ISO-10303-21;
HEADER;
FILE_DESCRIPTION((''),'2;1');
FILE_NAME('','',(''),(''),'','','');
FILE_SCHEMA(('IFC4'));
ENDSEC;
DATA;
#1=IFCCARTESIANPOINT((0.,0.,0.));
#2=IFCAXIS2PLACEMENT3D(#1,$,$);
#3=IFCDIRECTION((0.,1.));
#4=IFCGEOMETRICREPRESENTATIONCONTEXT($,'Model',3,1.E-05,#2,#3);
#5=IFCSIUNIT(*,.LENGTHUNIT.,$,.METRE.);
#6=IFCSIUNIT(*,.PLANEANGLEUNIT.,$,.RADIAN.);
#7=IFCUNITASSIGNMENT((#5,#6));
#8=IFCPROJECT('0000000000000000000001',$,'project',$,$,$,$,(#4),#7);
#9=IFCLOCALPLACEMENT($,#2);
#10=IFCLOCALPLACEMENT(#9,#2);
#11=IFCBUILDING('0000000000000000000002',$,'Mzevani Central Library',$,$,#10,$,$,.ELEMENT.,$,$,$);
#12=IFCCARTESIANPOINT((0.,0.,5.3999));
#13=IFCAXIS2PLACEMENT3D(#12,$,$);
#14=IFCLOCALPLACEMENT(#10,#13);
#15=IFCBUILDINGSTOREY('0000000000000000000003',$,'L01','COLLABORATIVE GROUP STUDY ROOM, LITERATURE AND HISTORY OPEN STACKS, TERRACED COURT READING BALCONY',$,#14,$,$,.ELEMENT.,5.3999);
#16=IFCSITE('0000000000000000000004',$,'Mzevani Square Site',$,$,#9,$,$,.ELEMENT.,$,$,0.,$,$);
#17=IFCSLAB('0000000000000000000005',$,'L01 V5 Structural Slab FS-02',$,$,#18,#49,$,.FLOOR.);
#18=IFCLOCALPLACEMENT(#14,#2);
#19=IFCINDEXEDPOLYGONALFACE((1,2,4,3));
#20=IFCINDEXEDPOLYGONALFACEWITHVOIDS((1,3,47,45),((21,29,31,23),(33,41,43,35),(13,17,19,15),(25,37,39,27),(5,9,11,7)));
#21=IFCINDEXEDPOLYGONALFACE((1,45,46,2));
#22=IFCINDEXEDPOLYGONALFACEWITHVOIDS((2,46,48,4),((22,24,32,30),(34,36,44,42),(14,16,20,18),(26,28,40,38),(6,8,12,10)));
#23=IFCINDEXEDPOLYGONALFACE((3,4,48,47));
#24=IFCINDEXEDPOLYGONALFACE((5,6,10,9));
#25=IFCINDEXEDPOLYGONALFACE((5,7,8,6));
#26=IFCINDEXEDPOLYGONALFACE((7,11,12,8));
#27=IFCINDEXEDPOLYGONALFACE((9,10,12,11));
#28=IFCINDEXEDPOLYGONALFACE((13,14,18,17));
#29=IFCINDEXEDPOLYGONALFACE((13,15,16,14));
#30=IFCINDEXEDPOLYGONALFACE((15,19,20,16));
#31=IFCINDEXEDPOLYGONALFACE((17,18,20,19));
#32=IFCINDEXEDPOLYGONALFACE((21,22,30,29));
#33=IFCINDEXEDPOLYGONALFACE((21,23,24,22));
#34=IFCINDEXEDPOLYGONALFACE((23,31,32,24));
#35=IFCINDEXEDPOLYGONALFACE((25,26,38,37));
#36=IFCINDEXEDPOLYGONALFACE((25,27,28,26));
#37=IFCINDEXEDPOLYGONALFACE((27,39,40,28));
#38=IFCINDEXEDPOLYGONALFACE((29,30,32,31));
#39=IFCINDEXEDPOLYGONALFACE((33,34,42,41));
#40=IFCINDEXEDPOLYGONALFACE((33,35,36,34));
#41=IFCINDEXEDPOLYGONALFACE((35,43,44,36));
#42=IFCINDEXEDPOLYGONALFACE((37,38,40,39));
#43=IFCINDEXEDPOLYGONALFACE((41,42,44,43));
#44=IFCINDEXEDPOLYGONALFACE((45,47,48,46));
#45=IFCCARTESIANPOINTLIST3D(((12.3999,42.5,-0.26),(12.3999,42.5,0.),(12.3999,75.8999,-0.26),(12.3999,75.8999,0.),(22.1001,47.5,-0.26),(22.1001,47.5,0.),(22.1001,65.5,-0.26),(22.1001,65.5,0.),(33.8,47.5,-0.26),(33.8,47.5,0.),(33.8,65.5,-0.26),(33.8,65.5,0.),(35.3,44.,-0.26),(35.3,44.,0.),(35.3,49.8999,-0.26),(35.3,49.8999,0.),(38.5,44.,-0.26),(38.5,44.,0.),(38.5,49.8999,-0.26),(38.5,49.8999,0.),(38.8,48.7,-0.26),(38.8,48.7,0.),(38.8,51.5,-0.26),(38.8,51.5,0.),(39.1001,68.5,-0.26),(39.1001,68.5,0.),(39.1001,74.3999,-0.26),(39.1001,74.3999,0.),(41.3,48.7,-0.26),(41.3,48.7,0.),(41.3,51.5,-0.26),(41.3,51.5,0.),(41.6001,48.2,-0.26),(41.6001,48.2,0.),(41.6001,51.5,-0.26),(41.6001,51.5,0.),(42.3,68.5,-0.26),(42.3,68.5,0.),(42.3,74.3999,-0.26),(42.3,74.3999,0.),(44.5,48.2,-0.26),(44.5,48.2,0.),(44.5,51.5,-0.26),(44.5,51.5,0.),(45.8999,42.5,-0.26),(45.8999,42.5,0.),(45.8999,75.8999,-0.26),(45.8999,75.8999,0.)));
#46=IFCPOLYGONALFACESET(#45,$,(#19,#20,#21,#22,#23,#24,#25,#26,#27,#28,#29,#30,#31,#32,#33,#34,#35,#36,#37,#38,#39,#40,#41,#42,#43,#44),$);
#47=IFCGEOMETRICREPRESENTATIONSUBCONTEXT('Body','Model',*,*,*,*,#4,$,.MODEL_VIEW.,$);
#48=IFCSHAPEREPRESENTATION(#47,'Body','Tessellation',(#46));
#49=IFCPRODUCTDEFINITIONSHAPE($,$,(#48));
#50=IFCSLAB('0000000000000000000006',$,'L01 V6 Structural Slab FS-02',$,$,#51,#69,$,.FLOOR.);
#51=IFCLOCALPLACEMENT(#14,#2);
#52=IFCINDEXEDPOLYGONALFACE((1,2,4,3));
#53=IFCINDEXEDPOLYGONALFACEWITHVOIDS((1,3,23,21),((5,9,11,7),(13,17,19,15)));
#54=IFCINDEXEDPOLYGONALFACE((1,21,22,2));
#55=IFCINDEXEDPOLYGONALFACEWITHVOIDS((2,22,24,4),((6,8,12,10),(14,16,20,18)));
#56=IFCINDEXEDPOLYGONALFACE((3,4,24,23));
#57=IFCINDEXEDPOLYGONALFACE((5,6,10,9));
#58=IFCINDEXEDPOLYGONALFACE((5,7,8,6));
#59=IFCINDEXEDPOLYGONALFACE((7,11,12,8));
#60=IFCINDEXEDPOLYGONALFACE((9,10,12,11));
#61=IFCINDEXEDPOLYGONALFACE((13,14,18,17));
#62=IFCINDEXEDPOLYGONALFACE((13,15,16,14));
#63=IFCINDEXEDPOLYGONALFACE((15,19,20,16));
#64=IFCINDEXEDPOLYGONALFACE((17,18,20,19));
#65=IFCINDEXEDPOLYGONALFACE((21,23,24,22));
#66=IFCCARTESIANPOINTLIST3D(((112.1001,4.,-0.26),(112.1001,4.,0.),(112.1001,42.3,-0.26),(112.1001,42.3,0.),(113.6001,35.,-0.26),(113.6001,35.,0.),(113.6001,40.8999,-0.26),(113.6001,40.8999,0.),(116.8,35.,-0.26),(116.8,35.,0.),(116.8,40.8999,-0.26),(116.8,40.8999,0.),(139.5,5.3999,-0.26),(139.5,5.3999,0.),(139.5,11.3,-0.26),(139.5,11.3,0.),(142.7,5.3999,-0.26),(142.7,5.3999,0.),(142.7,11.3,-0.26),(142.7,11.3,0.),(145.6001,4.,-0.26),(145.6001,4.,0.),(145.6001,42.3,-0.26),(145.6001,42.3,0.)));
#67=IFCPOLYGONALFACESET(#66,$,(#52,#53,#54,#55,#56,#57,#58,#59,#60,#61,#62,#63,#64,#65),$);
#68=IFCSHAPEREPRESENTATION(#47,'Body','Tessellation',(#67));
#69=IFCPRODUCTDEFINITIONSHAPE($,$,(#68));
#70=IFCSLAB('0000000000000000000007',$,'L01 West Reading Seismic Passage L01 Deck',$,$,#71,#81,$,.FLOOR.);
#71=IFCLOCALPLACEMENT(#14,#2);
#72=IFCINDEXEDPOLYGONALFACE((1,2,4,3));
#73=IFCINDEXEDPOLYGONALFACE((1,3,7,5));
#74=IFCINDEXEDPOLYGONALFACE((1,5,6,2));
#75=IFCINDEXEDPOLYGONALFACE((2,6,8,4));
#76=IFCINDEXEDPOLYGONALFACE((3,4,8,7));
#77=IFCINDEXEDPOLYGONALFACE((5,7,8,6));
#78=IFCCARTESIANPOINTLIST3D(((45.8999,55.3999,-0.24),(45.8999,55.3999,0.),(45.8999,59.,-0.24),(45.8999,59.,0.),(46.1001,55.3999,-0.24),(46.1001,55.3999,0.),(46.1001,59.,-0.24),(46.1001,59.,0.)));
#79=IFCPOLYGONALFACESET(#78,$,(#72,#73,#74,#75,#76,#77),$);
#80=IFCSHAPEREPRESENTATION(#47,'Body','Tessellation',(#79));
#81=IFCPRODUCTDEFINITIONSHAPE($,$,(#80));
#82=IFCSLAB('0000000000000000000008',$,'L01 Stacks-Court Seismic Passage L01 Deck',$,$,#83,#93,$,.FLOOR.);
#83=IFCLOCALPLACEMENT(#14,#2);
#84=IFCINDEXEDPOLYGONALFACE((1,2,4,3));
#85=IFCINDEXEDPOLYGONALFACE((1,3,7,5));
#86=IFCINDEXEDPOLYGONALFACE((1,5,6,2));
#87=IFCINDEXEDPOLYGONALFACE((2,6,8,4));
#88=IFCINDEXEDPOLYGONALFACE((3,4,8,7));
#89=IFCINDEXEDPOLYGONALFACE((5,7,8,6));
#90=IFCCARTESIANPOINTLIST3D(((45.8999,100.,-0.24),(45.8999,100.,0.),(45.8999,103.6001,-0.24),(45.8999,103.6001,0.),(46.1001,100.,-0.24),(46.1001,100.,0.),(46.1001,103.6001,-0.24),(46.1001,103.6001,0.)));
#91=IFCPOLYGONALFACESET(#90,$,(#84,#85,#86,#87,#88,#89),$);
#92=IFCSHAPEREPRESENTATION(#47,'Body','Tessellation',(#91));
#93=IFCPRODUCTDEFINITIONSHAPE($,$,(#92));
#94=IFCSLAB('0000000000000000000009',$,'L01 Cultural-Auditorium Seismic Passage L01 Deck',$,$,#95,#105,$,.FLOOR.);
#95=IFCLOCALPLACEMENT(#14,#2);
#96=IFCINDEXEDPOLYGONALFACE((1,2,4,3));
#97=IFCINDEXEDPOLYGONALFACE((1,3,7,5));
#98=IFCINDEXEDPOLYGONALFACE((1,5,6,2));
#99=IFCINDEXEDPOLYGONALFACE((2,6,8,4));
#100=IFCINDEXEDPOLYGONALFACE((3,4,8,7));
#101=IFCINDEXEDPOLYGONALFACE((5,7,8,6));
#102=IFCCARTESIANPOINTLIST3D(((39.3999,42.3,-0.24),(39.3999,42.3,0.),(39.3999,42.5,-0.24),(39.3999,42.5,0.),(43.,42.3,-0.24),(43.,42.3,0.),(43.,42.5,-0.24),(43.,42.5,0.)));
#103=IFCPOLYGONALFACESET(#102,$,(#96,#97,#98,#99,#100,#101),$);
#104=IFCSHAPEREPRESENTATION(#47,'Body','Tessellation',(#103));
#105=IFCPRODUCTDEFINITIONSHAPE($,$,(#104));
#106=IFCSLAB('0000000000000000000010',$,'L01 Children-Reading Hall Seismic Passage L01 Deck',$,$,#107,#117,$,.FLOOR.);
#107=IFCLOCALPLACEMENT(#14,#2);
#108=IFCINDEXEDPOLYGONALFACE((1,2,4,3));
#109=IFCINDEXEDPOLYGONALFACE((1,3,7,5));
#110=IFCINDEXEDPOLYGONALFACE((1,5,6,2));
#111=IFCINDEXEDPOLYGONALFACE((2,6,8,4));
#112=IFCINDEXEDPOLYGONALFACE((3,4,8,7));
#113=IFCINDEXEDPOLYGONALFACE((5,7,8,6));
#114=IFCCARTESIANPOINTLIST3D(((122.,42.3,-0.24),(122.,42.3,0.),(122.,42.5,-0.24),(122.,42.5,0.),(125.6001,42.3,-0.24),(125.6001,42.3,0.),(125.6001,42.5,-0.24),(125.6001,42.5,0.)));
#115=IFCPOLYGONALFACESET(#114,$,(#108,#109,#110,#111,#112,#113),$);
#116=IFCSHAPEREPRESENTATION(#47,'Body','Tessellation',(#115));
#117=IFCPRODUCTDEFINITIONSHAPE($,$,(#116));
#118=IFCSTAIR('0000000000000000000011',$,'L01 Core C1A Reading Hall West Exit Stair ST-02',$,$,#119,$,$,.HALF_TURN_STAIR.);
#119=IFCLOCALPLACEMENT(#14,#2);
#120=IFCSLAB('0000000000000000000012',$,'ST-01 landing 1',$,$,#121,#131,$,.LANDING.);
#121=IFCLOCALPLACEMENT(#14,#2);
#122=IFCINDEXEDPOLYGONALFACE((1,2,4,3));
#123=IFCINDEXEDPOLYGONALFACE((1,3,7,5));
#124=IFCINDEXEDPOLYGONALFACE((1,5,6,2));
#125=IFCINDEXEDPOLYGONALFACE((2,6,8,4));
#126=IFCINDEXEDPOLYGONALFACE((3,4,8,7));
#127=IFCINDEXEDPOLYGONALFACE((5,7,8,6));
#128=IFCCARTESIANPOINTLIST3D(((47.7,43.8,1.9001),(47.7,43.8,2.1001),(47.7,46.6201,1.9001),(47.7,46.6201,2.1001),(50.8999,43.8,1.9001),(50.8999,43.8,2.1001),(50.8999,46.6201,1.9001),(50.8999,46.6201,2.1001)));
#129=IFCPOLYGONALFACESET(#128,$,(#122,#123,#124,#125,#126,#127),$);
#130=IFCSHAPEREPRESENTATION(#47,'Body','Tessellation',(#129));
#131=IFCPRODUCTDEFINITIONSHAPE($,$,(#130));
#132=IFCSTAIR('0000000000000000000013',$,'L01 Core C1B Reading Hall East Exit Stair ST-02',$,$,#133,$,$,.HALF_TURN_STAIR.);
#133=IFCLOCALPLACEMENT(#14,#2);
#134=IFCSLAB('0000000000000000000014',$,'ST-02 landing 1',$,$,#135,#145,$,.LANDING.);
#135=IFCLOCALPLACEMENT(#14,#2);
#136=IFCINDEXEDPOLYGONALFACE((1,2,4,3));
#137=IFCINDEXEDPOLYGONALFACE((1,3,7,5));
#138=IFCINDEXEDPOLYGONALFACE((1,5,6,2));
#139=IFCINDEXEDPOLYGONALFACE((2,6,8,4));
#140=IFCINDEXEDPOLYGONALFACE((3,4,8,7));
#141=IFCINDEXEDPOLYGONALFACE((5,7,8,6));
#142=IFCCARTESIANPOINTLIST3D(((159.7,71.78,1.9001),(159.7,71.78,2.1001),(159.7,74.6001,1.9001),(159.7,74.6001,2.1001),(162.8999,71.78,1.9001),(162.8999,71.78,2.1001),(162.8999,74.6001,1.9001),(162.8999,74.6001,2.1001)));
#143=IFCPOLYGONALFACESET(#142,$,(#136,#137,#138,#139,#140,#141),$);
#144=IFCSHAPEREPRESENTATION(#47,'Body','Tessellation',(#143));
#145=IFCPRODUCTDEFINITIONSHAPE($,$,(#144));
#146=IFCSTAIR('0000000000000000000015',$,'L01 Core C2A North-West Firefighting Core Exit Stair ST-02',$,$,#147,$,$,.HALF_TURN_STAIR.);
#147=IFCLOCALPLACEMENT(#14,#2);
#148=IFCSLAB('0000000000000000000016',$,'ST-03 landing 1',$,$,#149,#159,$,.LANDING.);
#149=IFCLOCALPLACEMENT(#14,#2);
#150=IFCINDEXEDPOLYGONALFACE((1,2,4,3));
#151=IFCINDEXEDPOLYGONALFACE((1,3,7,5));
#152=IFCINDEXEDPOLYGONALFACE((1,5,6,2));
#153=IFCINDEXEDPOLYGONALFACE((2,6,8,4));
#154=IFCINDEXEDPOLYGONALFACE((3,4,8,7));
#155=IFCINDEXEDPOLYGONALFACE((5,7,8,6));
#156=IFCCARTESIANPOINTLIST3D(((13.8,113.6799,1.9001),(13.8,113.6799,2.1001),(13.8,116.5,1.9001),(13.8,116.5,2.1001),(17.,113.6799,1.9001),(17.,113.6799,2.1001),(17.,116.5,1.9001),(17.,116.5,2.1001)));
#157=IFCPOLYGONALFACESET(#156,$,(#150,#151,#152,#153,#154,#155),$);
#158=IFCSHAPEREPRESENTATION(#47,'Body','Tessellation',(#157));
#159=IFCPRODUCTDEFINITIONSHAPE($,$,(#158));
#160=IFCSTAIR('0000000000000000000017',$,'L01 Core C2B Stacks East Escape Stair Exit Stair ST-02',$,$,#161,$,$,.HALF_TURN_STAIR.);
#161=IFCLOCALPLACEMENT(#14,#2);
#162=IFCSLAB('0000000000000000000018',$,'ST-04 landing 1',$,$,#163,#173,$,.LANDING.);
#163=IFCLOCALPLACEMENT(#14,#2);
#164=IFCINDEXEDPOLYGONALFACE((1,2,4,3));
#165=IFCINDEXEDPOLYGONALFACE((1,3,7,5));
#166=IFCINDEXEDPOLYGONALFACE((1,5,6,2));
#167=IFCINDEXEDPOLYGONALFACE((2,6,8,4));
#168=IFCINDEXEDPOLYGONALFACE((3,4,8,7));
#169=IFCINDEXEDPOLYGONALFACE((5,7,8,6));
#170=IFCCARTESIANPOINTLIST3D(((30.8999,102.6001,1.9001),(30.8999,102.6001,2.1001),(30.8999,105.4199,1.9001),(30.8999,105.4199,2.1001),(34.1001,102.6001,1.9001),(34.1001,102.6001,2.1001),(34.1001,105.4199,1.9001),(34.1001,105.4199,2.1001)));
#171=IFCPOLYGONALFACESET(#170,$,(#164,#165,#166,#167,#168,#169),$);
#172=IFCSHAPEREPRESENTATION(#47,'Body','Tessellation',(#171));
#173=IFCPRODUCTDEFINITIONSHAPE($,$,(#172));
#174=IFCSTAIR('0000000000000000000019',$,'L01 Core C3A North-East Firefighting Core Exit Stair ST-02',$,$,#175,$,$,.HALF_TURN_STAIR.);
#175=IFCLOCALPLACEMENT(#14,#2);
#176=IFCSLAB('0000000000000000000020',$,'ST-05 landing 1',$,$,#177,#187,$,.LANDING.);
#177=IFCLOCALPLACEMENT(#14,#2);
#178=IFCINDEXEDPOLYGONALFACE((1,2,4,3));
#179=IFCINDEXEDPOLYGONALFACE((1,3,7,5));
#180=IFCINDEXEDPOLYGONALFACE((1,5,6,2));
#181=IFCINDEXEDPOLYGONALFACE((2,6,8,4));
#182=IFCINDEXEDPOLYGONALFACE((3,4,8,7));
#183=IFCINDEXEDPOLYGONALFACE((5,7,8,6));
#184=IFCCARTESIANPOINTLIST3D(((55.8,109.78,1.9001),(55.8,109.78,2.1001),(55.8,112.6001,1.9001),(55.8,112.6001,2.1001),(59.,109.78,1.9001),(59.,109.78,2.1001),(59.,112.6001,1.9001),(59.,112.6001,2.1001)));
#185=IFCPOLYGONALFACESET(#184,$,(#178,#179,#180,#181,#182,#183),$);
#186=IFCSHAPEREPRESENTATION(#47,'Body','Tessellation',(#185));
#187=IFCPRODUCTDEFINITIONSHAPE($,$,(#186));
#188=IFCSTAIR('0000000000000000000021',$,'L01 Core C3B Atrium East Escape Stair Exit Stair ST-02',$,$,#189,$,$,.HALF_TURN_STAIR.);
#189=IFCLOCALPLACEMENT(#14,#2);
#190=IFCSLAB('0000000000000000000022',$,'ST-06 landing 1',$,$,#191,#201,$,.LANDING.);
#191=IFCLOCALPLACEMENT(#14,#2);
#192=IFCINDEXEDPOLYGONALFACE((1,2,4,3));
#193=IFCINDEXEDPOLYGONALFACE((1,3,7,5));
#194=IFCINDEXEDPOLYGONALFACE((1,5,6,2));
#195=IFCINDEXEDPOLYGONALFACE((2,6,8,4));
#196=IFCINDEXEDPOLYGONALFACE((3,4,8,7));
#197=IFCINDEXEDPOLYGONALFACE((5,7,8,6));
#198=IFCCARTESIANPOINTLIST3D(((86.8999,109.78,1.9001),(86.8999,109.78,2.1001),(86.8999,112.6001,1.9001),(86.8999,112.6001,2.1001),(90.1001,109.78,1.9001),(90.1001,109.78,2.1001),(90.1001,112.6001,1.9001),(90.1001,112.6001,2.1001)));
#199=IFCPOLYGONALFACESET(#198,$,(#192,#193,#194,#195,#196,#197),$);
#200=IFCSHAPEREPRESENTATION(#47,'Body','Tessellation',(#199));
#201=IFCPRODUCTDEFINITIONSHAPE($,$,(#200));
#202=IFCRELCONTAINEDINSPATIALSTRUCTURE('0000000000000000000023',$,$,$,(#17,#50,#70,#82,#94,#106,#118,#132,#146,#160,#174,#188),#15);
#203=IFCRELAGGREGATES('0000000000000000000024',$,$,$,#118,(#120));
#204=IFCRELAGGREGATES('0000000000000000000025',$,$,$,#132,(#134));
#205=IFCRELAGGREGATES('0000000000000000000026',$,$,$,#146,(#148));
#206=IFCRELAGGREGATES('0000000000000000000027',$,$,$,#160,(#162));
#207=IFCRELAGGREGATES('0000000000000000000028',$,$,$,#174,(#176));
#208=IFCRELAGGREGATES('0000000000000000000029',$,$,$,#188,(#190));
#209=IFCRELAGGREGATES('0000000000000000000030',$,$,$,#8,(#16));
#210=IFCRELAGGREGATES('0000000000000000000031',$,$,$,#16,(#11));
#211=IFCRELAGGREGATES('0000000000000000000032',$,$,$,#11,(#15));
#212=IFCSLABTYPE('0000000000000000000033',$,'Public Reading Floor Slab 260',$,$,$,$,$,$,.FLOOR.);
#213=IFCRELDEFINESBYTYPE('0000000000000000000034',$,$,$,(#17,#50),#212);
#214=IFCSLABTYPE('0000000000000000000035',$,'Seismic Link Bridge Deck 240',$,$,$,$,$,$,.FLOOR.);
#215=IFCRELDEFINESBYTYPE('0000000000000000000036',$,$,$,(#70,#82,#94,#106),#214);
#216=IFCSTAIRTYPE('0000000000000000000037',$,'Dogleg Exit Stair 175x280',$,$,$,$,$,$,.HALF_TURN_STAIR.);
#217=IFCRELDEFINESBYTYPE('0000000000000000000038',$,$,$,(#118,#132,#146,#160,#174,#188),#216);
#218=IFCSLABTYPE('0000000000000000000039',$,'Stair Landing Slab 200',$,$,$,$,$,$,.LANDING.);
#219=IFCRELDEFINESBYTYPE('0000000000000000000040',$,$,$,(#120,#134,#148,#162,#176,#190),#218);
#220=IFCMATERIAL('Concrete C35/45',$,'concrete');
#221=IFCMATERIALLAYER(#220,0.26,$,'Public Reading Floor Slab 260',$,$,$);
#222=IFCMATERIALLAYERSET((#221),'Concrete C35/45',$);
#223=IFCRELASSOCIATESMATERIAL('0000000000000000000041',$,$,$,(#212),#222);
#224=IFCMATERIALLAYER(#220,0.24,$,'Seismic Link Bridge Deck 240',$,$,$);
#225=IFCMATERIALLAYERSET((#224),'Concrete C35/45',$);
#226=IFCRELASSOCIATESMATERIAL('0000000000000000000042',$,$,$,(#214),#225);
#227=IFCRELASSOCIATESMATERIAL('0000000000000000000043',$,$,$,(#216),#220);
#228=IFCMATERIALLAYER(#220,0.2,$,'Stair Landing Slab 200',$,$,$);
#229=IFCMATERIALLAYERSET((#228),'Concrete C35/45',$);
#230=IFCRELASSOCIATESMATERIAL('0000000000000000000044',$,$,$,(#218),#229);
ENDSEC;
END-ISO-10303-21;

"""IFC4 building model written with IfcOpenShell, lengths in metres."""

from ifc_helpers import new_model, si_unit, direction, frame, origin, place, context, subcontext, project, spatial, polyline, outline, extrude, material, layer, layer_set, type_object, element, aggregate, save


model = new_model("IFC4")

# Units and contexts
model_context = context("Model", 3, precision=1e-05, world=origin(), true_north=direction((0.0, 1.0)))
body_context = subcontext(model_context, "Body", "Model", "MODEL_VIEW")
ifc_project = project(units=[si_unit("LENGTHUNIT", "METRE"), si_unit("PLANEANGLEUNIT", "RADIAN")], contexts=[model_context])

# Site, building, storey
site_placement = place(None, origin())
site = spatial("IfcSite", under=ifc_project, at=site_placement, Name="Mzevani Square Site", CompositionType="ELEMENT", RefElevation=0.0)
building_placement = place(site_placement, origin())
building = spatial("IfcBuilding", under=site, at=building_placement, Name="Mzevani Central Library", CompositionType="ELEMENT")
storey_placement = place(building_placement, frame((0.0, 0.0, 5.3999)))
storey = spatial("IfcBuildingStorey", under=building, at=storey_placement, Name="L01", Description="COLLABORATIVE GROUP STUDY ROOM, LITERATURE AND HISTORY OPEN STACKS, TERRACED COURT READING BALCONY", CompositionType="ELEMENT", Elevation=5.3999)

# Slabs
ifc_material_1 = material(Name="Concrete C35/45", Category="concrete")
ifc_layer_1 = layer(ifc_material_1, 0.26, Name="Public Reading Floor Slab 260")
ifc_layer_set_1 = layer_set([ifc_layer_1], Name="Concrete C35/45")
slab_type_1 = type_object("IfcSlabType", Name="Public Reading Floor Slab 260", PredefinedType="FLOOR", material=ifc_layer_set_1)
slab_1_placement = place(storey_placement, frame((0.0, 0.0, -0.26)))
element("IfcSlab", 1, at=slab_1_placement, inside=storey, type_object=slab_type_1, Name="L01 V5 Structural Slab FS-02", PredefinedType="FLOOR", context=body_context, shape_type="SweptSolid", body=[
    extrude(outline(polyline([(12.3999, 42.5), (12.3999, 75.8999), (45.8999, 75.8999), (45.8999, 42.5), (12.3999, 42.5)]), holes=[polyline([(33.8, 65.5), (22.1001, 65.5), (22.1001, 47.5), (33.8, 47.5), (33.8, 65.5)]), polyline([(35.3, 49.8999), (35.3, 44.0), (38.5, 44.0), (38.5, 49.8999), (35.3, 49.8999)]), polyline([(38.8, 48.7), (41.3, 48.7), (41.3, 51.5), (38.8, 51.5), (38.8, 48.7)]), polyline([(41.6001, 48.2), (44.5, 48.2), (44.5, 51.5), (41.6001, 51.5), (41.6001, 48.2)]), polyline([(42.3, 68.5), (42.3, 74.3999), (39.1001, 74.3999), (39.1001, 68.5), (42.3, 68.5)])]), origin(), (0.0, 0.0, 1.0), 0.26),
])
slab_2_placement = place(storey_placement, frame((0.0, 0.0, -0.26)))
element("IfcSlab", 2, at=slab_2_placement, inside=storey, type_object=slab_type_1, Name="L01 V6 Structural Slab FS-02", PredefinedType="FLOOR", context=body_context, shape_type="SweptSolid", body=[
    extrude(outline(polyline([(145.6001, 4.0), (112.1001, 4.0), (112.1001, 42.3), (145.6001, 42.3), (145.6001, 4.0)]), holes=[polyline([(116.8, 35.0), (116.8, 40.8999), (113.6001, 40.8999), (113.6001, 35.0), (116.8, 35.0)]), polyline([(139.5, 11.3), (139.5, 5.3999), (142.7, 5.3999), (142.7, 11.3), (139.5, 11.3)])]), origin(), (0.0, 0.0, 1.0), 0.26),
])
ifc_layer_2 = layer(ifc_material_1, 0.24, Name="Seismic Link Bridge Deck 240")
ifc_layer_set_2 = layer_set([ifc_layer_2], Name="Concrete C35/45")
slab_type_2 = type_object("IfcSlabType", Name="Seismic Link Bridge Deck 240", PredefinedType="FLOOR", material=ifc_layer_set_2)
slab_3_placement = place(storey_placement, frame((0.0, 0.0, -0.24)))
element("IfcSlab", 3, at=slab_3_placement, inside=storey, type_object=slab_type_2, Name="L01 West Reading Seismic Passage L01 Deck", PredefinedType="FLOOR", context=body_context, shape_type="SweptSolid", body=[
    extrude(outline(polyline([(45.8999, 55.3999), (46.1001, 55.3999), (46.1001, 59.0), (45.8999, 59.0), (45.8999, 55.3999)])), origin(), (0.0, 0.0, 1.0), 0.24),
])
slab_4_placement = place(storey_placement, frame((0.0, 0.0, -0.24)))
element("IfcSlab", 4, at=slab_4_placement, inside=storey, type_object=slab_type_2, Name="L01 Stacks-Court Seismic Passage L01 Deck", PredefinedType="FLOOR", context=body_context, shape_type="SweptSolid", body=[
    extrude(outline(polyline([(45.8999, 100.0), (46.1001, 100.0), (46.1001, 103.6001), (45.8999, 103.6001), (45.8999, 100.0)])), origin(), (0.0, 0.0, 1.0), 0.24),
])
slab_5_placement = place(storey_placement, frame((0.0, 0.0, -0.24)))
element("IfcSlab", 5, at=slab_5_placement, inside=storey, type_object=slab_type_2, Name="L01 Cultural-Auditorium Seismic Passage L01 Deck", PredefinedType="FLOOR", context=body_context, shape_type="SweptSolid", body=[
    extrude(outline(polyline([(39.3999, 42.3), (43.0, 42.3), (43.0, 42.5), (39.3999, 42.5), (39.3999, 42.3)])), origin(), (0.0, 0.0, 1.0), 0.24),
])
slab_6_placement = place(storey_placement, frame((0.0, 0.0, -0.24)))
element("IfcSlab", 6, at=slab_6_placement, inside=storey, type_object=slab_type_2, Name="L01 Children-Reading Hall Seismic Passage L01 Deck", PredefinedType="FLOOR", context=body_context, shape_type="SweptSolid", body=[
    extrude(outline(polyline([(122.0, 42.3), (125.6001, 42.3), (125.6001, 42.5), (122.0, 42.5), (122.0, 42.3)])), origin(), (0.0, 0.0, 1.0), 0.24),
])

# Stairs, slabs
stair_type = type_object("IfcStairType", Name="Dogleg Exit Stair 175x280", PredefinedType="HALF_TURN_STAIR", material=ifc_material_1)
stair_1_placement = place(storey_placement, origin())
stair_1 = element("IfcStair", 7, at=stair_1_placement, inside=storey, type_object=stair_type, Name="L01 Core C1A Reading Hall West Exit Stair ST-02", PredefinedType="HALF_TURN_STAIR")
ifc_layer_3 = layer(ifc_material_1, 0.2, Name="Stair Landing Slab 200")
ifc_layer_set_3 = layer_set([ifc_layer_3], Name="Concrete C35/45")
slab_type_3 = type_object("IfcSlabType", Name="Stair Landing Slab 200", PredefinedType="LANDING", material=ifc_layer_set_3)
slab_7_placement = place(storey_placement, frame((0.0, 0.0, 1.9001)))
slab_7 = element("IfcSlab", 8, at=slab_7_placement, type_object=slab_type_3, Name="ST-01 landing 1", PredefinedType="LANDING", context=body_context, shape_type="SweptSolid", body=[
    extrude(outline(polyline([(47.7, 46.6201), (47.7, 43.8), (50.8999, 43.8), (50.8999, 46.6201), (47.7, 46.6201)])), origin(), (0.0, 0.0, 1.0), 0.2),
])
aggregate(stair_1, [slab_7])
stair_2_placement = place(storey_placement, origin())
stair_2 = element("IfcStair", 9, at=stair_2_placement, inside=storey, type_object=stair_type, Name="L01 Core C1B Reading Hall East Exit Stair ST-02", PredefinedType="HALF_TURN_STAIR")
slab_8_placement = place(storey_placement, frame((0.0, 0.0, 1.9001)))
slab_8 = element("IfcSlab", 10, at=slab_8_placement, type_object=slab_type_3, Name="ST-02 landing 1", PredefinedType="LANDING", context=body_context, shape_type="SweptSolid", body=[
    extrude(outline(polyline([(162.8999, 71.78), (162.8999, 74.6001), (159.7, 74.6001), (159.7, 71.78), (162.8999, 71.78)])), origin(), (0.0, 0.0, 1.0), 0.2),
])
aggregate(stair_2, [slab_8])
stair_3_placement = place(storey_placement, origin())
stair_3 = element("IfcStair", 11, at=stair_3_placement, inside=storey, type_object=stair_type, Name="L01 Core C2A North-West Firefighting Core Exit Stair ST-02", PredefinedType="HALF_TURN_STAIR")
slab_9_placement = place(storey_placement, frame((0.0, 0.0, 1.9001)))
slab_9 = element("IfcSlab", 12, at=slab_9_placement, type_object=slab_type_3, Name="ST-03 landing 1", PredefinedType="LANDING", context=body_context, shape_type="SweptSolid", body=[
    extrude(outline(polyline([(17.0, 113.6799), (17.0, 116.5), (13.8, 116.5), (13.8, 113.6799), (17.0, 113.6799)])), origin(), (0.0, 0.0, 1.0), 0.2),
])
aggregate(stair_3, [slab_9])
stair_4_placement = place(storey_placement, origin())
stair_4 = element("IfcStair", 13, at=stair_4_placement, inside=storey, type_object=stair_type, Name="L01 Core C2B Stacks East Escape Stair Exit Stair ST-02", PredefinedType="HALF_TURN_STAIR")
slab_10_placement = place(storey_placement, frame((0.0, 0.0, 1.9001)))
slab_10 = element("IfcSlab", 14, at=slab_10_placement, type_object=slab_type_3, Name="ST-04 landing 1", PredefinedType="LANDING", context=body_context, shape_type="SweptSolid", body=[
    extrude(outline(polyline([(30.8999, 105.4199), (30.8999, 102.6001), (34.1001, 102.6001), (34.1001, 105.4199), (30.8999, 105.4199)])), origin(), (0.0, 0.0, 1.0), 0.2),
])
aggregate(stair_4, [slab_10])
stair_5_placement = place(storey_placement, origin())
stair_5 = element("IfcStair", 15, at=stair_5_placement, inside=storey, type_object=stair_type, Name="L01 Core C3A North-East Firefighting Core Exit Stair ST-02", PredefinedType="HALF_TURN_STAIR")
slab_11_placement = place(storey_placement, frame((0.0, 0.0, 1.9001)))
slab_11 = element("IfcSlab", 16, at=slab_11_placement, type_object=slab_type_3, Name="ST-05 landing 1", PredefinedType="LANDING", context=body_context, shape_type="SweptSolid", body=[
    extrude(outline(polyline([(59.0, 109.78), (59.0, 112.6001), (55.8, 112.6001), (55.8, 109.78), (59.0, 109.78)])), origin(), (0.0, 0.0, 1.0), 0.2),
])
aggregate(stair_5, [slab_11])
stair_6_placement = place(storey_placement, origin())
stair_6 = element("IfcStair", 17, at=stair_6_placement, inside=storey, type_object=stair_type, Name="L01 Core C3B Atrium East Escape Stair Exit Stair ST-02", PredefinedType="HALF_TURN_STAIR")
slab_12_placement = place(storey_placement, frame((0.0, 0.0, 1.9001)))
slab_12 = element("IfcSlab", 18, at=slab_12_placement, type_object=slab_type_3, Name="ST-06 landing 1", PredefinedType="LANDING", context=body_context, shape_type="SweptSolid", body=[
    extrude(outline(polyline([(90.1001, 109.78), (90.1001, 112.6001), (86.8999, 112.6001), (86.8999, 109.78), (90.1001, 109.78)])), origin(), (0.0, 0.0, 1.0), 0.2),
])
aggregate(stair_6, [slab_12])

save(model, "model.ifc")
